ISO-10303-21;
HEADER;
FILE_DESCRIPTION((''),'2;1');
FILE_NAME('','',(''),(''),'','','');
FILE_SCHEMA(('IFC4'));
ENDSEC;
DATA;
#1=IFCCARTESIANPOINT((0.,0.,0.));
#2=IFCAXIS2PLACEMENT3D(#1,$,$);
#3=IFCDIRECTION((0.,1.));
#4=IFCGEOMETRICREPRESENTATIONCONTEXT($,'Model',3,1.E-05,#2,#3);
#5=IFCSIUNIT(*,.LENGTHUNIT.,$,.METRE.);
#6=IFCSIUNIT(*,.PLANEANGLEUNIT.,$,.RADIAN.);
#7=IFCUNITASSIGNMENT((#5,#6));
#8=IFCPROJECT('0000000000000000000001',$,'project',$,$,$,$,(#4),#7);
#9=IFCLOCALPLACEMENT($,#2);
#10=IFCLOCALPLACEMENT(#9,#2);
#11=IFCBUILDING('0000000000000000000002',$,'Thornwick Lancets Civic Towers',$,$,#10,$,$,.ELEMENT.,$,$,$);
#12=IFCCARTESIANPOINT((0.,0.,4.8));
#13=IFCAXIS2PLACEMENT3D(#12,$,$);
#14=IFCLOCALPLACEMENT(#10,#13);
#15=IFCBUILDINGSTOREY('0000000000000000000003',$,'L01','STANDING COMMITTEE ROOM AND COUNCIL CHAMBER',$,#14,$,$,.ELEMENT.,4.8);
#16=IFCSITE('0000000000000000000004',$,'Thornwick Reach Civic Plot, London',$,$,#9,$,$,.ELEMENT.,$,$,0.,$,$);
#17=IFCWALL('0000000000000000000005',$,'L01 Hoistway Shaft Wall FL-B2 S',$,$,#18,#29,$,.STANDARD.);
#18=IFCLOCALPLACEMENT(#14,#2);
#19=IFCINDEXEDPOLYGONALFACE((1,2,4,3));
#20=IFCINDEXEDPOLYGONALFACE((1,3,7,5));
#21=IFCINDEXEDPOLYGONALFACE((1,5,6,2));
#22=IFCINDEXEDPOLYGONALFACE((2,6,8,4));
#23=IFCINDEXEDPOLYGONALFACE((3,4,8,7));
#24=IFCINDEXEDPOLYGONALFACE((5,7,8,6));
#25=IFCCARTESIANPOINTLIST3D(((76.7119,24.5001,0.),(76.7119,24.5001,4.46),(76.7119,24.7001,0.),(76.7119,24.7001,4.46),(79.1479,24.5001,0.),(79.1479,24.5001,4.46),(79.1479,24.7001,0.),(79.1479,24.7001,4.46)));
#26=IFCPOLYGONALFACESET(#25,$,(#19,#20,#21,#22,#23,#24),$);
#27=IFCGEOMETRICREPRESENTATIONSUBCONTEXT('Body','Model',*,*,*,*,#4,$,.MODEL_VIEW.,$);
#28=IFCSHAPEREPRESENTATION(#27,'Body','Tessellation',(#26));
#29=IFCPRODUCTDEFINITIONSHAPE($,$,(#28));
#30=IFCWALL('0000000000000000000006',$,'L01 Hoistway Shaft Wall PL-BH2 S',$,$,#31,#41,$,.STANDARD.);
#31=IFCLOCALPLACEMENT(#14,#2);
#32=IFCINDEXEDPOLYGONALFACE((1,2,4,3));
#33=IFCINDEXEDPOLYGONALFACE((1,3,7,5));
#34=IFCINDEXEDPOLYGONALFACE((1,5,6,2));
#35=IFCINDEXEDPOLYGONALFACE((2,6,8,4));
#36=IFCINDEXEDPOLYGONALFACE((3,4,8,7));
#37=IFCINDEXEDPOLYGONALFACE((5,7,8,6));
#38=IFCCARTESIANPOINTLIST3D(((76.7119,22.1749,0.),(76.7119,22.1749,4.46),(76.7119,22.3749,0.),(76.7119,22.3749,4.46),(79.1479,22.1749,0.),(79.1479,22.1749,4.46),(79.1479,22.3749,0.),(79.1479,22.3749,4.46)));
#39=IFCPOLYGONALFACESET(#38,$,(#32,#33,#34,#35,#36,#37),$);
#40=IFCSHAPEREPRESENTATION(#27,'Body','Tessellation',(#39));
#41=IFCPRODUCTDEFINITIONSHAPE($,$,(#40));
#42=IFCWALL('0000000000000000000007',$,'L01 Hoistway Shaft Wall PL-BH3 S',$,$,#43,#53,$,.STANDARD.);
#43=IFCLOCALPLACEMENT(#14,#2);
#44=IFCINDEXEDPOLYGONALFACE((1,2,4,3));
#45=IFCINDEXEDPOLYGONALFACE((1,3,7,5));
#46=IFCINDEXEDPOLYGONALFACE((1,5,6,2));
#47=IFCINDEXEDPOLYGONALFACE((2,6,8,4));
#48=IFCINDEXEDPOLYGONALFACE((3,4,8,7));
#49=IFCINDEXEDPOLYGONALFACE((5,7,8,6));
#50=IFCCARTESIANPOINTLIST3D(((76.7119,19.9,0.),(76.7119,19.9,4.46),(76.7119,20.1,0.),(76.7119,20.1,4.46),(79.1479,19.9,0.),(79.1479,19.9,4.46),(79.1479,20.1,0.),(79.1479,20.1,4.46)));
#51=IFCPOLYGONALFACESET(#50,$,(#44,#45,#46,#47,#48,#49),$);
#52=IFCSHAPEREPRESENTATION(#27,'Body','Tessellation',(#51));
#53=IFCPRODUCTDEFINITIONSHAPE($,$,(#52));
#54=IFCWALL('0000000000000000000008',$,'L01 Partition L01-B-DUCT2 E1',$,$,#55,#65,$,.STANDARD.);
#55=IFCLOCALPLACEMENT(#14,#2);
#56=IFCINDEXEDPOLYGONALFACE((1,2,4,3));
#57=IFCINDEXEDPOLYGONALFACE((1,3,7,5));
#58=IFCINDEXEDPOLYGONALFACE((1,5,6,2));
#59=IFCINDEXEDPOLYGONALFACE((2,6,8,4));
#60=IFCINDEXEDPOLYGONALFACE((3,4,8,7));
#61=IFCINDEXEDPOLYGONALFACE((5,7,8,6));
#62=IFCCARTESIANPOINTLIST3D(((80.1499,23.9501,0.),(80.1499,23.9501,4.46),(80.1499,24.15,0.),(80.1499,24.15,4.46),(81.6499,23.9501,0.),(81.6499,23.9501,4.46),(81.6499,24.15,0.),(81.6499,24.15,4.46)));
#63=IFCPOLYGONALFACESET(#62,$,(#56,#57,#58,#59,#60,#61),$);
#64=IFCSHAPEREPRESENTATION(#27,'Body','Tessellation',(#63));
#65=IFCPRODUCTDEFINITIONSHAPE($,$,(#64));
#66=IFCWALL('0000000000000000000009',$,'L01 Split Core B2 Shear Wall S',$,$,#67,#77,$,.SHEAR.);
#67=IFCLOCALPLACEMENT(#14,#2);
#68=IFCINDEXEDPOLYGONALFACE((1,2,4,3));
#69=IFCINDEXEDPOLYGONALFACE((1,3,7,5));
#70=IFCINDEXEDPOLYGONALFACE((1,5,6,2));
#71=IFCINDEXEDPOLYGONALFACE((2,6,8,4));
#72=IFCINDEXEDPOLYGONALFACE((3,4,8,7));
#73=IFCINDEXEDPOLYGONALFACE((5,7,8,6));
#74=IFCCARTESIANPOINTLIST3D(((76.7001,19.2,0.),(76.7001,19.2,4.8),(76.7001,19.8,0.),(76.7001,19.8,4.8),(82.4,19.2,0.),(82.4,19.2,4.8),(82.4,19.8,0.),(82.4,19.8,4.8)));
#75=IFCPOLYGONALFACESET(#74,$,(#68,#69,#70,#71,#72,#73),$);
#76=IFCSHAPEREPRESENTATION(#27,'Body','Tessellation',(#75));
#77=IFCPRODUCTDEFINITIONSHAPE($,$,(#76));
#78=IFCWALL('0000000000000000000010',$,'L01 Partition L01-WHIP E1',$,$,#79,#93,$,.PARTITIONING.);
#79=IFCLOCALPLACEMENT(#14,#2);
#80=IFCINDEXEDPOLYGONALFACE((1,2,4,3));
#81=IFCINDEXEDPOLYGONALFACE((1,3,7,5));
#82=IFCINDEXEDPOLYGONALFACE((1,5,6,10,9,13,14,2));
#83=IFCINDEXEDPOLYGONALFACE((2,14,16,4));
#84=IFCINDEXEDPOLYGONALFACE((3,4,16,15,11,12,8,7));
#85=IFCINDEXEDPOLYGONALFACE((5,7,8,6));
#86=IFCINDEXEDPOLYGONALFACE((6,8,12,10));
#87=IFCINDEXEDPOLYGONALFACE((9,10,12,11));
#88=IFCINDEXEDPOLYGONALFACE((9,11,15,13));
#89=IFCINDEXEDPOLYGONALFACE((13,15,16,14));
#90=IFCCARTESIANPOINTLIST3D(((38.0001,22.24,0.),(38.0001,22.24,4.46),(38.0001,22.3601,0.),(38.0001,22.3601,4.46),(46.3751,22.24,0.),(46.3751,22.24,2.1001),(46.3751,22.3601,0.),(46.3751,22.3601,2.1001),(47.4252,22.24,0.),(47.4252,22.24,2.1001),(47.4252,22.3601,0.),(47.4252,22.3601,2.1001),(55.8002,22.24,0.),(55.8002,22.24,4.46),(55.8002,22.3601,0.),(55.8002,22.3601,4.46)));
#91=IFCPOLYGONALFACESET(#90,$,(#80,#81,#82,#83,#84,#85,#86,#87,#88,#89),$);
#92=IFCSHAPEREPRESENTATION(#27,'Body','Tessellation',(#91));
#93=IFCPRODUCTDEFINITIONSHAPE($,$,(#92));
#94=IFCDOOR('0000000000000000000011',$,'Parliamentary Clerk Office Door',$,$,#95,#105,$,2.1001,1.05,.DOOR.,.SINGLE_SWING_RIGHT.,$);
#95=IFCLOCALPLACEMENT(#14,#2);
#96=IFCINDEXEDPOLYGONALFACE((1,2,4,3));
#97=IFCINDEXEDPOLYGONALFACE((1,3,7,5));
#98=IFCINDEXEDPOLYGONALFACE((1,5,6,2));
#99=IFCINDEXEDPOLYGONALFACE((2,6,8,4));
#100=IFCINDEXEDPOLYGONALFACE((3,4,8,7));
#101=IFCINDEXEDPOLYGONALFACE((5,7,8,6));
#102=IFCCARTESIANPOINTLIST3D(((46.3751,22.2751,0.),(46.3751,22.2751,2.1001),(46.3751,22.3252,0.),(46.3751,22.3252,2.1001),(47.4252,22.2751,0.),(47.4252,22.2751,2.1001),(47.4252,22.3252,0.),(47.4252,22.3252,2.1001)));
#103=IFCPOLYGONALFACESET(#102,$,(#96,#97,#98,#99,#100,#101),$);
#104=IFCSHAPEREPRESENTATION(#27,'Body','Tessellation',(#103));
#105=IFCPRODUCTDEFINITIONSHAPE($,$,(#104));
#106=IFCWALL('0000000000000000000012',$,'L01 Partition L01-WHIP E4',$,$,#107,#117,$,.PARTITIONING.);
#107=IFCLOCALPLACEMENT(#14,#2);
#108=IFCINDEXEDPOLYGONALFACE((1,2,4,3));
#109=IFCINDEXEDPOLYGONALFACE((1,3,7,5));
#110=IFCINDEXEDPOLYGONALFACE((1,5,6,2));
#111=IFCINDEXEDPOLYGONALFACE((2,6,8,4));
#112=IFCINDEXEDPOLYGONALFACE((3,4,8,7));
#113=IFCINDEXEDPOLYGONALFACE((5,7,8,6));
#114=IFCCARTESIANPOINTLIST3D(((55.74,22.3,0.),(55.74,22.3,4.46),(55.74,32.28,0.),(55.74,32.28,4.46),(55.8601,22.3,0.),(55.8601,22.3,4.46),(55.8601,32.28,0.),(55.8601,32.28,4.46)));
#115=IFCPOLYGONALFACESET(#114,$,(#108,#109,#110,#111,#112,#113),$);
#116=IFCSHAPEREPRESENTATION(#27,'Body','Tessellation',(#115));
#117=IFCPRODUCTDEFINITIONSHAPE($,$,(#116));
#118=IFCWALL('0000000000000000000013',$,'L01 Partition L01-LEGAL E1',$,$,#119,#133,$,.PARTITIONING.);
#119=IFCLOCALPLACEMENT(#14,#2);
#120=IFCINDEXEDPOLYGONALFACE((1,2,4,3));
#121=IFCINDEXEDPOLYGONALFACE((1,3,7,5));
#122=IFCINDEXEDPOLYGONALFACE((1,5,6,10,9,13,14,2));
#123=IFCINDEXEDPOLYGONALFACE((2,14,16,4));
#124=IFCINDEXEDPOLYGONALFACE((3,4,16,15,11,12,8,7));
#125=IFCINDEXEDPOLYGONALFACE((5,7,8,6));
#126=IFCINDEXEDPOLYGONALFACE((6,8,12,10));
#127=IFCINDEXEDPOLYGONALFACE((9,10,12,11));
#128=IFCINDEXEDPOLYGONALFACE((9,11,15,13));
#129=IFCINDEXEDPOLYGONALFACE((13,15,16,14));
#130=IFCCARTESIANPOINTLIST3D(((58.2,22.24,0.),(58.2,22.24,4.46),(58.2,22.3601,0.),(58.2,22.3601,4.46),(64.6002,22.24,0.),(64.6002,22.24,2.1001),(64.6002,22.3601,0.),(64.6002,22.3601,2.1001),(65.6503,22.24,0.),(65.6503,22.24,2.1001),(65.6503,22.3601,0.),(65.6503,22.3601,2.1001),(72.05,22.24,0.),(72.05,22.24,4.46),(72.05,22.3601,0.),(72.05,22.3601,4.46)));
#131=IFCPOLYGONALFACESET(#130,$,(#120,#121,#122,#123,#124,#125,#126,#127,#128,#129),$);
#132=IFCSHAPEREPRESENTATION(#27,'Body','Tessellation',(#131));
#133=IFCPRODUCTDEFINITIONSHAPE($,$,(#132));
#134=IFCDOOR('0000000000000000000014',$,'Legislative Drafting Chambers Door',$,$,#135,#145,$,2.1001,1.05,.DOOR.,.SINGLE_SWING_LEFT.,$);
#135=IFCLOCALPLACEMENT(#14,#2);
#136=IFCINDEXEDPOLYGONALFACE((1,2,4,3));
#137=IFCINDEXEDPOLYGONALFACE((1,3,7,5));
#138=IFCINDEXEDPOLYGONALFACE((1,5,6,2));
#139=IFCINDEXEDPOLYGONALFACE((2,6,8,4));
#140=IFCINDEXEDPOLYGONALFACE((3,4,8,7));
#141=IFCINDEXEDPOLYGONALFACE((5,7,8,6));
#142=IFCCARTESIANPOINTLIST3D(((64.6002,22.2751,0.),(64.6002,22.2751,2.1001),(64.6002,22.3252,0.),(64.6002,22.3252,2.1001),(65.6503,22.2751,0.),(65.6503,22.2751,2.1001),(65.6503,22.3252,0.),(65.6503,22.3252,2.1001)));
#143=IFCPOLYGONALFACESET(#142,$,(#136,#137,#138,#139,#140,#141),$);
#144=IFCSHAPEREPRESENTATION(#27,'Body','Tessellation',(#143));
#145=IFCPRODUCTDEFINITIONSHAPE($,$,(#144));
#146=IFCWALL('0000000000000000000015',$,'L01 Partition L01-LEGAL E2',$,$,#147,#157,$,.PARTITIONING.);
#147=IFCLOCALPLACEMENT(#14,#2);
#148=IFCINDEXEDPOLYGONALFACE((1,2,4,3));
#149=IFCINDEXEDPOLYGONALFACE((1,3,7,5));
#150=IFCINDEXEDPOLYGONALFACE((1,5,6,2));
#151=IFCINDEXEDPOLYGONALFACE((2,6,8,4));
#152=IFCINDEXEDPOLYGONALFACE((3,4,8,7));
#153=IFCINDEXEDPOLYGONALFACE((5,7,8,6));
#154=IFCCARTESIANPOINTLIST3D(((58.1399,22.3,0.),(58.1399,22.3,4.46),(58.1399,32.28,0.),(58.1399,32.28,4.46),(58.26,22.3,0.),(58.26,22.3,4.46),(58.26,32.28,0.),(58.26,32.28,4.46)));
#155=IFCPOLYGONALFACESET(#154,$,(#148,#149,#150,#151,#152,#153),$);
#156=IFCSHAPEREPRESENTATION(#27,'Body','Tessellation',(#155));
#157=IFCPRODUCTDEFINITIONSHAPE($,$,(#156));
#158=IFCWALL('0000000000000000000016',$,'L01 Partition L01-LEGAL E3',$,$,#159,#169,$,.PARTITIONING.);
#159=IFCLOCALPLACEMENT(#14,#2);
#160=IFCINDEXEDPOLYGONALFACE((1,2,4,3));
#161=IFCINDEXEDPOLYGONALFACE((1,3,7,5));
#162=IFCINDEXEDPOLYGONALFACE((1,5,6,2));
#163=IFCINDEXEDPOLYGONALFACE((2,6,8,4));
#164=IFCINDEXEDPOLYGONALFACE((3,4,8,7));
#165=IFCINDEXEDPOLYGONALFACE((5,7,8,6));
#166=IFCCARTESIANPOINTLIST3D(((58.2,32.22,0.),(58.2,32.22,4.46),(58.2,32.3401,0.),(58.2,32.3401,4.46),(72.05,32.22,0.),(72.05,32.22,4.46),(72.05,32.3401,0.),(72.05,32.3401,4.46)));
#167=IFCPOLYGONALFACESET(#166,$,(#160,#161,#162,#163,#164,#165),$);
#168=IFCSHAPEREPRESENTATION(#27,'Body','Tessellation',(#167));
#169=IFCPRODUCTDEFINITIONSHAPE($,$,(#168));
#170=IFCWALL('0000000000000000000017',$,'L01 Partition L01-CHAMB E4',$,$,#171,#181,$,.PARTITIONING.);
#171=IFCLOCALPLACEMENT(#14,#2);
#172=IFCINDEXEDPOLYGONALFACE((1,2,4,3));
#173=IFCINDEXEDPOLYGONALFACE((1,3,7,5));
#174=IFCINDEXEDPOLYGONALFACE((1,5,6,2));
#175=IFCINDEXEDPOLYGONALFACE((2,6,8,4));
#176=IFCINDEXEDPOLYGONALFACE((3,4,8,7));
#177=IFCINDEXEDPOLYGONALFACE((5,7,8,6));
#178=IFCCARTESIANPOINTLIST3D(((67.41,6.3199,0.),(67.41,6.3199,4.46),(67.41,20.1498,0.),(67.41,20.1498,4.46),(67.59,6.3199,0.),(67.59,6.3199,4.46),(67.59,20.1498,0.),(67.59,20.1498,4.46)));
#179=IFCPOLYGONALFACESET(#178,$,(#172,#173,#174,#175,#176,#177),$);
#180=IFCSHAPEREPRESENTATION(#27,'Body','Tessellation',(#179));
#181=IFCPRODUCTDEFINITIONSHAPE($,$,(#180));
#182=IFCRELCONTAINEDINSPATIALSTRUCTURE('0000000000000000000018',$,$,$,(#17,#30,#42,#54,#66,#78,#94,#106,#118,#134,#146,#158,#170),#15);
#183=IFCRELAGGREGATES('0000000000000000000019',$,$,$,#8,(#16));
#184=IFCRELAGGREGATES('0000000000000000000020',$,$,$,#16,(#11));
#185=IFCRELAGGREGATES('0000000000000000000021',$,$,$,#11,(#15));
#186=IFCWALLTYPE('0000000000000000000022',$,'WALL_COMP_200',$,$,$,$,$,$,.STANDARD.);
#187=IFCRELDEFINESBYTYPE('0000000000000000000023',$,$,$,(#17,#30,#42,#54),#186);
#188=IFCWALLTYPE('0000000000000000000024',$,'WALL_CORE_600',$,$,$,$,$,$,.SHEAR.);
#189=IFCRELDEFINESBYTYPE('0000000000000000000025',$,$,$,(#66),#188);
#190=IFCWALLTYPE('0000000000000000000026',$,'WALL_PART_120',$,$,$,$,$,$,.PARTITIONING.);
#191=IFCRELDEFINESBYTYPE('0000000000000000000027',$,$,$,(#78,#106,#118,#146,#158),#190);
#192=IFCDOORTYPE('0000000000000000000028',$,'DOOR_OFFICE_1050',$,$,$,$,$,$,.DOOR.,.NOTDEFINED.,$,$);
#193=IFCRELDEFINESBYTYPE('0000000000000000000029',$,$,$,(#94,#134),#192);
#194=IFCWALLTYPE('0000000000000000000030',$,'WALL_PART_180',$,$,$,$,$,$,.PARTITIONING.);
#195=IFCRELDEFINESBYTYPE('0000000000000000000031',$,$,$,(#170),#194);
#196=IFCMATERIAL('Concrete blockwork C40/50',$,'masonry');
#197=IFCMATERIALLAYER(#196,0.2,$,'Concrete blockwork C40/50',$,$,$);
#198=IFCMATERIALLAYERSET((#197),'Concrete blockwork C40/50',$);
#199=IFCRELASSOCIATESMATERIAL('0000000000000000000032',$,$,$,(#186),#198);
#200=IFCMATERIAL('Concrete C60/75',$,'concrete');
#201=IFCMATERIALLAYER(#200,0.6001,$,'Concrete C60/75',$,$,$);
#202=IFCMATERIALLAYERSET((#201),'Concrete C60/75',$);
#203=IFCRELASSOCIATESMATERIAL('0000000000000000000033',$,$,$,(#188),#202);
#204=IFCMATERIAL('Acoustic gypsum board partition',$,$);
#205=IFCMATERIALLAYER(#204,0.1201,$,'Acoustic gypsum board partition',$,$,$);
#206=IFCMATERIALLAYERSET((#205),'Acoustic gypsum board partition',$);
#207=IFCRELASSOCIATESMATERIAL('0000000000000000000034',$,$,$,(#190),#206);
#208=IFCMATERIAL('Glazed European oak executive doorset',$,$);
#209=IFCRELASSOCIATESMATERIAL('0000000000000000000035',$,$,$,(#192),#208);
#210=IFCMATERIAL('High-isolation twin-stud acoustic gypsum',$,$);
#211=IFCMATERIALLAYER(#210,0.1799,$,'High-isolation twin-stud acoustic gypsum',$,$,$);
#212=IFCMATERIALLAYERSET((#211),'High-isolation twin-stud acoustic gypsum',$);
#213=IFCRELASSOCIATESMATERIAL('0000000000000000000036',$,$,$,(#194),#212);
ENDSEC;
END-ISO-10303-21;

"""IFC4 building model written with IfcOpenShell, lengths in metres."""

from ifc_helpers import new_model, si_unit, direction, frame, frame_2d, origin, place, context, subcontext, project, spatial, rectangle, extrude, material, layer, layer_set, type_object, element, fill, save


model = new_model("IFC4")

# Units and contexts
model_context = context("Model", 3, precision=1e-05, world=origin(), true_north=direction((0.0, 1.0)))
body_context = subcontext(model_context, "Body", "Model", "MODEL_VIEW")
ifc_project = project(units=[si_unit("LENGTHUNIT", "METRE"), si_unit("PLANEANGLEUNIT", "RADIAN")], contexts=[model_context])

# Site, building, storey
site_placement = place(None, origin())
site = spatial("IfcSite", under=ifc_project, at=site_placement, Name="Thornwick Reach Civic Plot, London", CompositionType="ELEMENT", RefElevation=0.0)
building_placement = place(site_placement, origin())
building = spatial("IfcBuilding", under=site, at=building_placement, Name="Thornwick Lancets Civic Towers", CompositionType="ELEMENT")
storey_placement = place(building_placement, frame((0.0, 0.0, 4.8)))
storey = spatial("IfcBuildingStorey", under=building, at=storey_placement, Name="L01", Description="STANDING COMMITTEE ROOM AND COUNCIL CHAMBER", CompositionType="ELEMENT", Elevation=4.8)

# Shared definitions
ifc_material_1 = material(Name="Concrete C60/75", Category="concrete")

# Shared definitions
ifc_material_2 = material(Name="Concrete blockwork C40/50", Category="masonry")
ifc_layer_1 = layer(ifc_material_2, 0.2, Name="Concrete blockwork C40/50")
ifc_layer_set_1 = layer_set([ifc_layer_1], Name="Concrete blockwork C40/50")
wall_type_1 = type_object("IfcWallType", Name="WALL_COMP_200", PredefinedType="STANDARD", material=ifc_layer_set_1)

# Walls
for number, where, z_axis, x_axis, name in (
    (1, (76.7119, 24.6001, 0.0), (0.0, 0.0, 1.0), (1.0, 0.0, 0.0), "L01 Hoistway Shaft Wall FL-B2 S"),
    (2, (76.7119, 22.2749, 0.0), (0.0, 0.0, 1.0), (1.0, 0.0, 0.0), "L01 Hoistway Shaft Wall PL-BH2 S"),
    (3, (76.7119, 20.0, 0.0), (0.0, 0.0, 1.0), (1.0, 0.0, 0.0), "L01 Hoistway Shaft Wall PL-BH3 S"),
):
    element("IfcWall", number, at=place(storey_placement, frame(where, z_axis=z_axis, x_axis=x_axis)), inside=storey, type_object=wall_type_1, Name=name, PredefinedType="STANDARD", context=body_context, shape_type="SweptSolid", body=[
        extrude(rectangle(XDim=2.436, YDim=0.2, at=frame_2d((1.218, 0.0))), origin(), (0.0, 0.0, 1.0), 4.46),
    ])
wall_1_placement = place(storey_placement, frame((80.1499, 24.05, 0.0), z_axis=(0.0, 0.0, 1.0), x_axis=(1.0, 0.0, 0.0)))
element("IfcWall", 4, at=wall_1_placement, inside=storey, type_object=wall_type_1, Name="L01 Partition L01-B-DUCT2 E1", PredefinedType="STANDARD", context=body_context, shape_type="SweptSolid", body=[
    extrude(rectangle(XDim=1.5, YDim=0.2, at=frame_2d((0.75, 0.0))), origin(), (0.0, 0.0, 1.0), 4.46),
])
ifc_layer_2 = layer(ifc_material_1, 0.6001, Name="Concrete C60/75")
ifc_layer_set_2 = layer_set([ifc_layer_2], Name="Concrete C60/75")
wall_type_2 = type_object("IfcWallType", Name="WALL_CORE_600", PredefinedType="SHEAR", material=ifc_layer_set_2)
wall_2_placement = place(storey_placement, frame((76.7, 19.5, 0.0), z_axis=(0.0, 0.0, 1.0), x_axis=(1.0, 0.0, 0.0)))
element("IfcWall", 5, at=wall_2_placement, inside=storey, type_object=wall_type_2, Name="L01 Split Core B2 Shear Wall S", PredefinedType="SHEAR", context=body_context, shape_type="SweptSolid", body=[
    extrude(rectangle(XDim=5.7, YDim=0.6001, at=frame_2d((2.8501, 0.0))), origin(), (0.0, 0.0, 1.0), 4.8),
])

# Wall, opening, door
ifc_material_3 = material(Name="Acoustic gypsum board partition")
ifc_layer_3 = layer(ifc_material_3, 0.1201, Name="Acoustic gypsum board partition")
ifc_layer_set_3 = layer_set([ifc_layer_3], Name="Acoustic gypsum board partition")
wall_type_3 = type_object("IfcWallType", Name="WALL_PART_120", PredefinedType="PARTITIONING", material=ifc_layer_set_3)
wall_3_placement = place(storey_placement, frame((55.8, 22.3, 0.0), z_axis=(0.0, 0.0, 1.0), x_axis=(-1.0, 0.0, 0.0)))
wall_3 = element("IfcWall", 6, at=wall_3_placement, inside=storey, type_object=wall_type_3, Name="L01 Partition L01-WHIP E1", PredefinedType="PARTITIONING", context=body_context, shape_type="SweptSolid", body=[
    extrude(rectangle(XDim=17.8, YDim=0.1201, at=frame_2d((8.8999, 0.0))), origin(), (0.0, 0.0, 1.0), 4.46),
])
opening_1_placement = place(wall_3_placement, frame((8.375, 0.0, 0.0)))
opening_1 = element("IfcOpeningElement", 7, at=opening_1_placement, cuts=wall_3, PredefinedType="OPENING", context=body_context, shape_type="SweptSolid", body=[
    extrude(rectangle(XDim=1.05, YDim=2.1001, at=frame_2d((0.5249, 1.05))), frame((0.0, 0.0701, 0.0), z_axis=(0.0, -1.0, 0.0), x_axis=(1.0, 0.0, 0.0)), (0.0, 0.0, 1.0), 0.1401),
])
ifc_material_4 = material(Name="Glazed European oak executive doorset")
door_type_1 = type_object("IfcDoorType", Name="DOOR_OFFICE_1050", OperationType="NOTDEFINED", PredefinedType="DOOR", material=ifc_material_4)
door_1_placement = place(opening_1_placement, origin())
door_1 = element("IfcDoor", 8, at=door_1_placement, inside=storey, type_object=door_type_1, Name="Parliamentary Clerk Office Door", OperationType="SINGLE_SWING_RIGHT", OverallHeight=2.1001, OverallWidth=1.05, PredefinedType="DOOR", context=body_context, shape_type="SweptSolid", body=[
    extrude(rectangle(XDim=1.05, YDim=2.1001, at=frame_2d((0.5249, 1.05))), frame((0.0, 0.0249, 0.0), z_axis=(0.0, -1.0, 0.0), x_axis=(1.0, 0.0, 0.0)), (0.0, 0.0, 1.0), 0.05),
])
fill(opening_1, door_1)

# Wall
wall_4_placement = place(storey_placement, frame((55.8, 32.28, 0.0), z_axis=(0.0, 0.0, 1.0), x_axis=(0.0, -1.0, 0.0)))
element("IfcWall", 9, at=wall_4_placement, inside=storey, type_object=wall_type_3, Name="L01 Partition L01-WHIP E4", PredefinedType="PARTITIONING", context=body_context, shape_type="SweptSolid", body=[
    extrude(rectangle(XDim=9.98, YDim=0.1201, at=frame_2d((4.99, 0.0))), origin(), (0.0, 0.0, 1.0), 4.46),
])

# Wall, opening, door
wall_5_placement = place(storey_placement, frame((72.05, 22.3, 0.0), z_axis=(0.0, 0.0, 1.0), x_axis=(-1.0, 0.0, 0.0)))
wall_5 = element("IfcWall", 10, at=wall_5_placement, inside=storey, type_object=wall_type_3, Name="L01 Partition L01-LEGAL E1", PredefinedType="PARTITIONING", context=body_context, shape_type="SweptSolid", body=[
    extrude(rectangle(XDim=13.8501, YDim=0.1201, at=frame_2d((6.925, 0.0))), origin(), (0.0, 0.0, 1.0), 4.46),
])
opening_2_placement = place(wall_5_placement, frame((6.3999, 0.0, 0.0)))
opening_2 = element("IfcOpeningElement", 11, at=opening_2_placement, cuts=wall_5, PredefinedType="OPENING", context=body_context, shape_type="SweptSolid", body=[
    extrude(rectangle(XDim=1.05, YDim=2.1001, at=frame_2d((0.5249, 1.05))), frame((0.0, 0.0701, 0.0), z_axis=(0.0, -1.0, 0.0), x_axis=(1.0, 0.0, 0.0)), (0.0, 0.0, 1.0), 0.1401),
])
door_2_placement = place(opening_2_placement, origin())
door_2 = element("IfcDoor", 12, at=door_2_placement, inside=storey, type_object=door_type_1, Name="Legislative Drafting Chambers Door", OperationType="SINGLE_SWING_LEFT", OverallHeight=2.1001, OverallWidth=1.05, PredefinedType="DOOR", context=body_context, shape_type="SweptSolid", body=[
    extrude(rectangle(XDim=1.05, YDim=2.1001, at=frame_2d((0.5249, 1.05))), frame((0.0, 0.0249, 0.0), z_axis=(0.0, -1.0, 0.0), x_axis=(1.0, 0.0, 0.0)), (0.0, 0.0, 1.0), 0.05),
])
fill(opening_2, door_2)

# Walls
wall_6_placement = place(storey_placement, frame((58.2, 22.3, 0.0), z_axis=(0.0, 0.0, 1.0), x_axis=(0.0, 1.0, 0.0)))
element("IfcWall", 13, at=wall_6_placement, inside=storey, type_object=wall_type_3, Name="L01 Partition L01-LEGAL E2", PredefinedType="PARTITIONING", context=body_context, shape_type="SweptSolid", body=[
    extrude(rectangle(XDim=9.98, YDim=0.1201, at=frame_2d((4.99, 0.0))), origin(), (0.0, 0.0, 1.0), 4.46),
])
wall_7_placement = place(storey_placement, frame((58.2, 32.28, 0.0), z_axis=(0.0, 0.0, 1.0), x_axis=(1.0, 0.0, 0.0)))
element("IfcWall", 14, at=wall_7_placement, inside=storey, type_object=wall_type_3, Name="L01 Partition L01-LEGAL E3", PredefinedType="PARTITIONING", context=body_context, shape_type="SweptSolid", body=[
    extrude(rectangle(XDim=13.8501, YDim=0.1201, at=frame_2d((6.925, 0.0))), origin(), (0.0, 0.0, 1.0), 4.46),
])
ifc_material_5 = material(Name="High-isolation twin-stud acoustic gypsum")
ifc_layer_4 = layer(ifc_material_5, 0.1799, Name="High-isolation twin-stud acoustic gypsum")
ifc_layer_set_4 = layer_set([ifc_layer_4], Name="High-isolation twin-stud acoustic gypsum")
wall_type_4 = type_object("IfcWallType", Name="WALL_PART_180", PredefinedType="PARTITIONING", material=ifc_layer_set_4)
wall_8_placement = place(storey_placement, frame((67.5, 20.1499, 0.0), z_axis=(0.0, 0.0, 1.0), x_axis=(0.0, -1.0, 0.0)))
element("IfcWall", 15, at=wall_8_placement, inside=storey, type_object=wall_type_4, Name="L01 Partition L01-CHAMB E4", PredefinedType="PARTITIONING", context=body_context, shape_type="SweptSolid", body=[
    extrude(rectangle(XDim=13.8298, YDim=0.1799, at=frame_2d((6.915, 0.0))), origin(), (0.0, 0.0, 1.0), 4.46),
])

save(model, "model.ifc")
